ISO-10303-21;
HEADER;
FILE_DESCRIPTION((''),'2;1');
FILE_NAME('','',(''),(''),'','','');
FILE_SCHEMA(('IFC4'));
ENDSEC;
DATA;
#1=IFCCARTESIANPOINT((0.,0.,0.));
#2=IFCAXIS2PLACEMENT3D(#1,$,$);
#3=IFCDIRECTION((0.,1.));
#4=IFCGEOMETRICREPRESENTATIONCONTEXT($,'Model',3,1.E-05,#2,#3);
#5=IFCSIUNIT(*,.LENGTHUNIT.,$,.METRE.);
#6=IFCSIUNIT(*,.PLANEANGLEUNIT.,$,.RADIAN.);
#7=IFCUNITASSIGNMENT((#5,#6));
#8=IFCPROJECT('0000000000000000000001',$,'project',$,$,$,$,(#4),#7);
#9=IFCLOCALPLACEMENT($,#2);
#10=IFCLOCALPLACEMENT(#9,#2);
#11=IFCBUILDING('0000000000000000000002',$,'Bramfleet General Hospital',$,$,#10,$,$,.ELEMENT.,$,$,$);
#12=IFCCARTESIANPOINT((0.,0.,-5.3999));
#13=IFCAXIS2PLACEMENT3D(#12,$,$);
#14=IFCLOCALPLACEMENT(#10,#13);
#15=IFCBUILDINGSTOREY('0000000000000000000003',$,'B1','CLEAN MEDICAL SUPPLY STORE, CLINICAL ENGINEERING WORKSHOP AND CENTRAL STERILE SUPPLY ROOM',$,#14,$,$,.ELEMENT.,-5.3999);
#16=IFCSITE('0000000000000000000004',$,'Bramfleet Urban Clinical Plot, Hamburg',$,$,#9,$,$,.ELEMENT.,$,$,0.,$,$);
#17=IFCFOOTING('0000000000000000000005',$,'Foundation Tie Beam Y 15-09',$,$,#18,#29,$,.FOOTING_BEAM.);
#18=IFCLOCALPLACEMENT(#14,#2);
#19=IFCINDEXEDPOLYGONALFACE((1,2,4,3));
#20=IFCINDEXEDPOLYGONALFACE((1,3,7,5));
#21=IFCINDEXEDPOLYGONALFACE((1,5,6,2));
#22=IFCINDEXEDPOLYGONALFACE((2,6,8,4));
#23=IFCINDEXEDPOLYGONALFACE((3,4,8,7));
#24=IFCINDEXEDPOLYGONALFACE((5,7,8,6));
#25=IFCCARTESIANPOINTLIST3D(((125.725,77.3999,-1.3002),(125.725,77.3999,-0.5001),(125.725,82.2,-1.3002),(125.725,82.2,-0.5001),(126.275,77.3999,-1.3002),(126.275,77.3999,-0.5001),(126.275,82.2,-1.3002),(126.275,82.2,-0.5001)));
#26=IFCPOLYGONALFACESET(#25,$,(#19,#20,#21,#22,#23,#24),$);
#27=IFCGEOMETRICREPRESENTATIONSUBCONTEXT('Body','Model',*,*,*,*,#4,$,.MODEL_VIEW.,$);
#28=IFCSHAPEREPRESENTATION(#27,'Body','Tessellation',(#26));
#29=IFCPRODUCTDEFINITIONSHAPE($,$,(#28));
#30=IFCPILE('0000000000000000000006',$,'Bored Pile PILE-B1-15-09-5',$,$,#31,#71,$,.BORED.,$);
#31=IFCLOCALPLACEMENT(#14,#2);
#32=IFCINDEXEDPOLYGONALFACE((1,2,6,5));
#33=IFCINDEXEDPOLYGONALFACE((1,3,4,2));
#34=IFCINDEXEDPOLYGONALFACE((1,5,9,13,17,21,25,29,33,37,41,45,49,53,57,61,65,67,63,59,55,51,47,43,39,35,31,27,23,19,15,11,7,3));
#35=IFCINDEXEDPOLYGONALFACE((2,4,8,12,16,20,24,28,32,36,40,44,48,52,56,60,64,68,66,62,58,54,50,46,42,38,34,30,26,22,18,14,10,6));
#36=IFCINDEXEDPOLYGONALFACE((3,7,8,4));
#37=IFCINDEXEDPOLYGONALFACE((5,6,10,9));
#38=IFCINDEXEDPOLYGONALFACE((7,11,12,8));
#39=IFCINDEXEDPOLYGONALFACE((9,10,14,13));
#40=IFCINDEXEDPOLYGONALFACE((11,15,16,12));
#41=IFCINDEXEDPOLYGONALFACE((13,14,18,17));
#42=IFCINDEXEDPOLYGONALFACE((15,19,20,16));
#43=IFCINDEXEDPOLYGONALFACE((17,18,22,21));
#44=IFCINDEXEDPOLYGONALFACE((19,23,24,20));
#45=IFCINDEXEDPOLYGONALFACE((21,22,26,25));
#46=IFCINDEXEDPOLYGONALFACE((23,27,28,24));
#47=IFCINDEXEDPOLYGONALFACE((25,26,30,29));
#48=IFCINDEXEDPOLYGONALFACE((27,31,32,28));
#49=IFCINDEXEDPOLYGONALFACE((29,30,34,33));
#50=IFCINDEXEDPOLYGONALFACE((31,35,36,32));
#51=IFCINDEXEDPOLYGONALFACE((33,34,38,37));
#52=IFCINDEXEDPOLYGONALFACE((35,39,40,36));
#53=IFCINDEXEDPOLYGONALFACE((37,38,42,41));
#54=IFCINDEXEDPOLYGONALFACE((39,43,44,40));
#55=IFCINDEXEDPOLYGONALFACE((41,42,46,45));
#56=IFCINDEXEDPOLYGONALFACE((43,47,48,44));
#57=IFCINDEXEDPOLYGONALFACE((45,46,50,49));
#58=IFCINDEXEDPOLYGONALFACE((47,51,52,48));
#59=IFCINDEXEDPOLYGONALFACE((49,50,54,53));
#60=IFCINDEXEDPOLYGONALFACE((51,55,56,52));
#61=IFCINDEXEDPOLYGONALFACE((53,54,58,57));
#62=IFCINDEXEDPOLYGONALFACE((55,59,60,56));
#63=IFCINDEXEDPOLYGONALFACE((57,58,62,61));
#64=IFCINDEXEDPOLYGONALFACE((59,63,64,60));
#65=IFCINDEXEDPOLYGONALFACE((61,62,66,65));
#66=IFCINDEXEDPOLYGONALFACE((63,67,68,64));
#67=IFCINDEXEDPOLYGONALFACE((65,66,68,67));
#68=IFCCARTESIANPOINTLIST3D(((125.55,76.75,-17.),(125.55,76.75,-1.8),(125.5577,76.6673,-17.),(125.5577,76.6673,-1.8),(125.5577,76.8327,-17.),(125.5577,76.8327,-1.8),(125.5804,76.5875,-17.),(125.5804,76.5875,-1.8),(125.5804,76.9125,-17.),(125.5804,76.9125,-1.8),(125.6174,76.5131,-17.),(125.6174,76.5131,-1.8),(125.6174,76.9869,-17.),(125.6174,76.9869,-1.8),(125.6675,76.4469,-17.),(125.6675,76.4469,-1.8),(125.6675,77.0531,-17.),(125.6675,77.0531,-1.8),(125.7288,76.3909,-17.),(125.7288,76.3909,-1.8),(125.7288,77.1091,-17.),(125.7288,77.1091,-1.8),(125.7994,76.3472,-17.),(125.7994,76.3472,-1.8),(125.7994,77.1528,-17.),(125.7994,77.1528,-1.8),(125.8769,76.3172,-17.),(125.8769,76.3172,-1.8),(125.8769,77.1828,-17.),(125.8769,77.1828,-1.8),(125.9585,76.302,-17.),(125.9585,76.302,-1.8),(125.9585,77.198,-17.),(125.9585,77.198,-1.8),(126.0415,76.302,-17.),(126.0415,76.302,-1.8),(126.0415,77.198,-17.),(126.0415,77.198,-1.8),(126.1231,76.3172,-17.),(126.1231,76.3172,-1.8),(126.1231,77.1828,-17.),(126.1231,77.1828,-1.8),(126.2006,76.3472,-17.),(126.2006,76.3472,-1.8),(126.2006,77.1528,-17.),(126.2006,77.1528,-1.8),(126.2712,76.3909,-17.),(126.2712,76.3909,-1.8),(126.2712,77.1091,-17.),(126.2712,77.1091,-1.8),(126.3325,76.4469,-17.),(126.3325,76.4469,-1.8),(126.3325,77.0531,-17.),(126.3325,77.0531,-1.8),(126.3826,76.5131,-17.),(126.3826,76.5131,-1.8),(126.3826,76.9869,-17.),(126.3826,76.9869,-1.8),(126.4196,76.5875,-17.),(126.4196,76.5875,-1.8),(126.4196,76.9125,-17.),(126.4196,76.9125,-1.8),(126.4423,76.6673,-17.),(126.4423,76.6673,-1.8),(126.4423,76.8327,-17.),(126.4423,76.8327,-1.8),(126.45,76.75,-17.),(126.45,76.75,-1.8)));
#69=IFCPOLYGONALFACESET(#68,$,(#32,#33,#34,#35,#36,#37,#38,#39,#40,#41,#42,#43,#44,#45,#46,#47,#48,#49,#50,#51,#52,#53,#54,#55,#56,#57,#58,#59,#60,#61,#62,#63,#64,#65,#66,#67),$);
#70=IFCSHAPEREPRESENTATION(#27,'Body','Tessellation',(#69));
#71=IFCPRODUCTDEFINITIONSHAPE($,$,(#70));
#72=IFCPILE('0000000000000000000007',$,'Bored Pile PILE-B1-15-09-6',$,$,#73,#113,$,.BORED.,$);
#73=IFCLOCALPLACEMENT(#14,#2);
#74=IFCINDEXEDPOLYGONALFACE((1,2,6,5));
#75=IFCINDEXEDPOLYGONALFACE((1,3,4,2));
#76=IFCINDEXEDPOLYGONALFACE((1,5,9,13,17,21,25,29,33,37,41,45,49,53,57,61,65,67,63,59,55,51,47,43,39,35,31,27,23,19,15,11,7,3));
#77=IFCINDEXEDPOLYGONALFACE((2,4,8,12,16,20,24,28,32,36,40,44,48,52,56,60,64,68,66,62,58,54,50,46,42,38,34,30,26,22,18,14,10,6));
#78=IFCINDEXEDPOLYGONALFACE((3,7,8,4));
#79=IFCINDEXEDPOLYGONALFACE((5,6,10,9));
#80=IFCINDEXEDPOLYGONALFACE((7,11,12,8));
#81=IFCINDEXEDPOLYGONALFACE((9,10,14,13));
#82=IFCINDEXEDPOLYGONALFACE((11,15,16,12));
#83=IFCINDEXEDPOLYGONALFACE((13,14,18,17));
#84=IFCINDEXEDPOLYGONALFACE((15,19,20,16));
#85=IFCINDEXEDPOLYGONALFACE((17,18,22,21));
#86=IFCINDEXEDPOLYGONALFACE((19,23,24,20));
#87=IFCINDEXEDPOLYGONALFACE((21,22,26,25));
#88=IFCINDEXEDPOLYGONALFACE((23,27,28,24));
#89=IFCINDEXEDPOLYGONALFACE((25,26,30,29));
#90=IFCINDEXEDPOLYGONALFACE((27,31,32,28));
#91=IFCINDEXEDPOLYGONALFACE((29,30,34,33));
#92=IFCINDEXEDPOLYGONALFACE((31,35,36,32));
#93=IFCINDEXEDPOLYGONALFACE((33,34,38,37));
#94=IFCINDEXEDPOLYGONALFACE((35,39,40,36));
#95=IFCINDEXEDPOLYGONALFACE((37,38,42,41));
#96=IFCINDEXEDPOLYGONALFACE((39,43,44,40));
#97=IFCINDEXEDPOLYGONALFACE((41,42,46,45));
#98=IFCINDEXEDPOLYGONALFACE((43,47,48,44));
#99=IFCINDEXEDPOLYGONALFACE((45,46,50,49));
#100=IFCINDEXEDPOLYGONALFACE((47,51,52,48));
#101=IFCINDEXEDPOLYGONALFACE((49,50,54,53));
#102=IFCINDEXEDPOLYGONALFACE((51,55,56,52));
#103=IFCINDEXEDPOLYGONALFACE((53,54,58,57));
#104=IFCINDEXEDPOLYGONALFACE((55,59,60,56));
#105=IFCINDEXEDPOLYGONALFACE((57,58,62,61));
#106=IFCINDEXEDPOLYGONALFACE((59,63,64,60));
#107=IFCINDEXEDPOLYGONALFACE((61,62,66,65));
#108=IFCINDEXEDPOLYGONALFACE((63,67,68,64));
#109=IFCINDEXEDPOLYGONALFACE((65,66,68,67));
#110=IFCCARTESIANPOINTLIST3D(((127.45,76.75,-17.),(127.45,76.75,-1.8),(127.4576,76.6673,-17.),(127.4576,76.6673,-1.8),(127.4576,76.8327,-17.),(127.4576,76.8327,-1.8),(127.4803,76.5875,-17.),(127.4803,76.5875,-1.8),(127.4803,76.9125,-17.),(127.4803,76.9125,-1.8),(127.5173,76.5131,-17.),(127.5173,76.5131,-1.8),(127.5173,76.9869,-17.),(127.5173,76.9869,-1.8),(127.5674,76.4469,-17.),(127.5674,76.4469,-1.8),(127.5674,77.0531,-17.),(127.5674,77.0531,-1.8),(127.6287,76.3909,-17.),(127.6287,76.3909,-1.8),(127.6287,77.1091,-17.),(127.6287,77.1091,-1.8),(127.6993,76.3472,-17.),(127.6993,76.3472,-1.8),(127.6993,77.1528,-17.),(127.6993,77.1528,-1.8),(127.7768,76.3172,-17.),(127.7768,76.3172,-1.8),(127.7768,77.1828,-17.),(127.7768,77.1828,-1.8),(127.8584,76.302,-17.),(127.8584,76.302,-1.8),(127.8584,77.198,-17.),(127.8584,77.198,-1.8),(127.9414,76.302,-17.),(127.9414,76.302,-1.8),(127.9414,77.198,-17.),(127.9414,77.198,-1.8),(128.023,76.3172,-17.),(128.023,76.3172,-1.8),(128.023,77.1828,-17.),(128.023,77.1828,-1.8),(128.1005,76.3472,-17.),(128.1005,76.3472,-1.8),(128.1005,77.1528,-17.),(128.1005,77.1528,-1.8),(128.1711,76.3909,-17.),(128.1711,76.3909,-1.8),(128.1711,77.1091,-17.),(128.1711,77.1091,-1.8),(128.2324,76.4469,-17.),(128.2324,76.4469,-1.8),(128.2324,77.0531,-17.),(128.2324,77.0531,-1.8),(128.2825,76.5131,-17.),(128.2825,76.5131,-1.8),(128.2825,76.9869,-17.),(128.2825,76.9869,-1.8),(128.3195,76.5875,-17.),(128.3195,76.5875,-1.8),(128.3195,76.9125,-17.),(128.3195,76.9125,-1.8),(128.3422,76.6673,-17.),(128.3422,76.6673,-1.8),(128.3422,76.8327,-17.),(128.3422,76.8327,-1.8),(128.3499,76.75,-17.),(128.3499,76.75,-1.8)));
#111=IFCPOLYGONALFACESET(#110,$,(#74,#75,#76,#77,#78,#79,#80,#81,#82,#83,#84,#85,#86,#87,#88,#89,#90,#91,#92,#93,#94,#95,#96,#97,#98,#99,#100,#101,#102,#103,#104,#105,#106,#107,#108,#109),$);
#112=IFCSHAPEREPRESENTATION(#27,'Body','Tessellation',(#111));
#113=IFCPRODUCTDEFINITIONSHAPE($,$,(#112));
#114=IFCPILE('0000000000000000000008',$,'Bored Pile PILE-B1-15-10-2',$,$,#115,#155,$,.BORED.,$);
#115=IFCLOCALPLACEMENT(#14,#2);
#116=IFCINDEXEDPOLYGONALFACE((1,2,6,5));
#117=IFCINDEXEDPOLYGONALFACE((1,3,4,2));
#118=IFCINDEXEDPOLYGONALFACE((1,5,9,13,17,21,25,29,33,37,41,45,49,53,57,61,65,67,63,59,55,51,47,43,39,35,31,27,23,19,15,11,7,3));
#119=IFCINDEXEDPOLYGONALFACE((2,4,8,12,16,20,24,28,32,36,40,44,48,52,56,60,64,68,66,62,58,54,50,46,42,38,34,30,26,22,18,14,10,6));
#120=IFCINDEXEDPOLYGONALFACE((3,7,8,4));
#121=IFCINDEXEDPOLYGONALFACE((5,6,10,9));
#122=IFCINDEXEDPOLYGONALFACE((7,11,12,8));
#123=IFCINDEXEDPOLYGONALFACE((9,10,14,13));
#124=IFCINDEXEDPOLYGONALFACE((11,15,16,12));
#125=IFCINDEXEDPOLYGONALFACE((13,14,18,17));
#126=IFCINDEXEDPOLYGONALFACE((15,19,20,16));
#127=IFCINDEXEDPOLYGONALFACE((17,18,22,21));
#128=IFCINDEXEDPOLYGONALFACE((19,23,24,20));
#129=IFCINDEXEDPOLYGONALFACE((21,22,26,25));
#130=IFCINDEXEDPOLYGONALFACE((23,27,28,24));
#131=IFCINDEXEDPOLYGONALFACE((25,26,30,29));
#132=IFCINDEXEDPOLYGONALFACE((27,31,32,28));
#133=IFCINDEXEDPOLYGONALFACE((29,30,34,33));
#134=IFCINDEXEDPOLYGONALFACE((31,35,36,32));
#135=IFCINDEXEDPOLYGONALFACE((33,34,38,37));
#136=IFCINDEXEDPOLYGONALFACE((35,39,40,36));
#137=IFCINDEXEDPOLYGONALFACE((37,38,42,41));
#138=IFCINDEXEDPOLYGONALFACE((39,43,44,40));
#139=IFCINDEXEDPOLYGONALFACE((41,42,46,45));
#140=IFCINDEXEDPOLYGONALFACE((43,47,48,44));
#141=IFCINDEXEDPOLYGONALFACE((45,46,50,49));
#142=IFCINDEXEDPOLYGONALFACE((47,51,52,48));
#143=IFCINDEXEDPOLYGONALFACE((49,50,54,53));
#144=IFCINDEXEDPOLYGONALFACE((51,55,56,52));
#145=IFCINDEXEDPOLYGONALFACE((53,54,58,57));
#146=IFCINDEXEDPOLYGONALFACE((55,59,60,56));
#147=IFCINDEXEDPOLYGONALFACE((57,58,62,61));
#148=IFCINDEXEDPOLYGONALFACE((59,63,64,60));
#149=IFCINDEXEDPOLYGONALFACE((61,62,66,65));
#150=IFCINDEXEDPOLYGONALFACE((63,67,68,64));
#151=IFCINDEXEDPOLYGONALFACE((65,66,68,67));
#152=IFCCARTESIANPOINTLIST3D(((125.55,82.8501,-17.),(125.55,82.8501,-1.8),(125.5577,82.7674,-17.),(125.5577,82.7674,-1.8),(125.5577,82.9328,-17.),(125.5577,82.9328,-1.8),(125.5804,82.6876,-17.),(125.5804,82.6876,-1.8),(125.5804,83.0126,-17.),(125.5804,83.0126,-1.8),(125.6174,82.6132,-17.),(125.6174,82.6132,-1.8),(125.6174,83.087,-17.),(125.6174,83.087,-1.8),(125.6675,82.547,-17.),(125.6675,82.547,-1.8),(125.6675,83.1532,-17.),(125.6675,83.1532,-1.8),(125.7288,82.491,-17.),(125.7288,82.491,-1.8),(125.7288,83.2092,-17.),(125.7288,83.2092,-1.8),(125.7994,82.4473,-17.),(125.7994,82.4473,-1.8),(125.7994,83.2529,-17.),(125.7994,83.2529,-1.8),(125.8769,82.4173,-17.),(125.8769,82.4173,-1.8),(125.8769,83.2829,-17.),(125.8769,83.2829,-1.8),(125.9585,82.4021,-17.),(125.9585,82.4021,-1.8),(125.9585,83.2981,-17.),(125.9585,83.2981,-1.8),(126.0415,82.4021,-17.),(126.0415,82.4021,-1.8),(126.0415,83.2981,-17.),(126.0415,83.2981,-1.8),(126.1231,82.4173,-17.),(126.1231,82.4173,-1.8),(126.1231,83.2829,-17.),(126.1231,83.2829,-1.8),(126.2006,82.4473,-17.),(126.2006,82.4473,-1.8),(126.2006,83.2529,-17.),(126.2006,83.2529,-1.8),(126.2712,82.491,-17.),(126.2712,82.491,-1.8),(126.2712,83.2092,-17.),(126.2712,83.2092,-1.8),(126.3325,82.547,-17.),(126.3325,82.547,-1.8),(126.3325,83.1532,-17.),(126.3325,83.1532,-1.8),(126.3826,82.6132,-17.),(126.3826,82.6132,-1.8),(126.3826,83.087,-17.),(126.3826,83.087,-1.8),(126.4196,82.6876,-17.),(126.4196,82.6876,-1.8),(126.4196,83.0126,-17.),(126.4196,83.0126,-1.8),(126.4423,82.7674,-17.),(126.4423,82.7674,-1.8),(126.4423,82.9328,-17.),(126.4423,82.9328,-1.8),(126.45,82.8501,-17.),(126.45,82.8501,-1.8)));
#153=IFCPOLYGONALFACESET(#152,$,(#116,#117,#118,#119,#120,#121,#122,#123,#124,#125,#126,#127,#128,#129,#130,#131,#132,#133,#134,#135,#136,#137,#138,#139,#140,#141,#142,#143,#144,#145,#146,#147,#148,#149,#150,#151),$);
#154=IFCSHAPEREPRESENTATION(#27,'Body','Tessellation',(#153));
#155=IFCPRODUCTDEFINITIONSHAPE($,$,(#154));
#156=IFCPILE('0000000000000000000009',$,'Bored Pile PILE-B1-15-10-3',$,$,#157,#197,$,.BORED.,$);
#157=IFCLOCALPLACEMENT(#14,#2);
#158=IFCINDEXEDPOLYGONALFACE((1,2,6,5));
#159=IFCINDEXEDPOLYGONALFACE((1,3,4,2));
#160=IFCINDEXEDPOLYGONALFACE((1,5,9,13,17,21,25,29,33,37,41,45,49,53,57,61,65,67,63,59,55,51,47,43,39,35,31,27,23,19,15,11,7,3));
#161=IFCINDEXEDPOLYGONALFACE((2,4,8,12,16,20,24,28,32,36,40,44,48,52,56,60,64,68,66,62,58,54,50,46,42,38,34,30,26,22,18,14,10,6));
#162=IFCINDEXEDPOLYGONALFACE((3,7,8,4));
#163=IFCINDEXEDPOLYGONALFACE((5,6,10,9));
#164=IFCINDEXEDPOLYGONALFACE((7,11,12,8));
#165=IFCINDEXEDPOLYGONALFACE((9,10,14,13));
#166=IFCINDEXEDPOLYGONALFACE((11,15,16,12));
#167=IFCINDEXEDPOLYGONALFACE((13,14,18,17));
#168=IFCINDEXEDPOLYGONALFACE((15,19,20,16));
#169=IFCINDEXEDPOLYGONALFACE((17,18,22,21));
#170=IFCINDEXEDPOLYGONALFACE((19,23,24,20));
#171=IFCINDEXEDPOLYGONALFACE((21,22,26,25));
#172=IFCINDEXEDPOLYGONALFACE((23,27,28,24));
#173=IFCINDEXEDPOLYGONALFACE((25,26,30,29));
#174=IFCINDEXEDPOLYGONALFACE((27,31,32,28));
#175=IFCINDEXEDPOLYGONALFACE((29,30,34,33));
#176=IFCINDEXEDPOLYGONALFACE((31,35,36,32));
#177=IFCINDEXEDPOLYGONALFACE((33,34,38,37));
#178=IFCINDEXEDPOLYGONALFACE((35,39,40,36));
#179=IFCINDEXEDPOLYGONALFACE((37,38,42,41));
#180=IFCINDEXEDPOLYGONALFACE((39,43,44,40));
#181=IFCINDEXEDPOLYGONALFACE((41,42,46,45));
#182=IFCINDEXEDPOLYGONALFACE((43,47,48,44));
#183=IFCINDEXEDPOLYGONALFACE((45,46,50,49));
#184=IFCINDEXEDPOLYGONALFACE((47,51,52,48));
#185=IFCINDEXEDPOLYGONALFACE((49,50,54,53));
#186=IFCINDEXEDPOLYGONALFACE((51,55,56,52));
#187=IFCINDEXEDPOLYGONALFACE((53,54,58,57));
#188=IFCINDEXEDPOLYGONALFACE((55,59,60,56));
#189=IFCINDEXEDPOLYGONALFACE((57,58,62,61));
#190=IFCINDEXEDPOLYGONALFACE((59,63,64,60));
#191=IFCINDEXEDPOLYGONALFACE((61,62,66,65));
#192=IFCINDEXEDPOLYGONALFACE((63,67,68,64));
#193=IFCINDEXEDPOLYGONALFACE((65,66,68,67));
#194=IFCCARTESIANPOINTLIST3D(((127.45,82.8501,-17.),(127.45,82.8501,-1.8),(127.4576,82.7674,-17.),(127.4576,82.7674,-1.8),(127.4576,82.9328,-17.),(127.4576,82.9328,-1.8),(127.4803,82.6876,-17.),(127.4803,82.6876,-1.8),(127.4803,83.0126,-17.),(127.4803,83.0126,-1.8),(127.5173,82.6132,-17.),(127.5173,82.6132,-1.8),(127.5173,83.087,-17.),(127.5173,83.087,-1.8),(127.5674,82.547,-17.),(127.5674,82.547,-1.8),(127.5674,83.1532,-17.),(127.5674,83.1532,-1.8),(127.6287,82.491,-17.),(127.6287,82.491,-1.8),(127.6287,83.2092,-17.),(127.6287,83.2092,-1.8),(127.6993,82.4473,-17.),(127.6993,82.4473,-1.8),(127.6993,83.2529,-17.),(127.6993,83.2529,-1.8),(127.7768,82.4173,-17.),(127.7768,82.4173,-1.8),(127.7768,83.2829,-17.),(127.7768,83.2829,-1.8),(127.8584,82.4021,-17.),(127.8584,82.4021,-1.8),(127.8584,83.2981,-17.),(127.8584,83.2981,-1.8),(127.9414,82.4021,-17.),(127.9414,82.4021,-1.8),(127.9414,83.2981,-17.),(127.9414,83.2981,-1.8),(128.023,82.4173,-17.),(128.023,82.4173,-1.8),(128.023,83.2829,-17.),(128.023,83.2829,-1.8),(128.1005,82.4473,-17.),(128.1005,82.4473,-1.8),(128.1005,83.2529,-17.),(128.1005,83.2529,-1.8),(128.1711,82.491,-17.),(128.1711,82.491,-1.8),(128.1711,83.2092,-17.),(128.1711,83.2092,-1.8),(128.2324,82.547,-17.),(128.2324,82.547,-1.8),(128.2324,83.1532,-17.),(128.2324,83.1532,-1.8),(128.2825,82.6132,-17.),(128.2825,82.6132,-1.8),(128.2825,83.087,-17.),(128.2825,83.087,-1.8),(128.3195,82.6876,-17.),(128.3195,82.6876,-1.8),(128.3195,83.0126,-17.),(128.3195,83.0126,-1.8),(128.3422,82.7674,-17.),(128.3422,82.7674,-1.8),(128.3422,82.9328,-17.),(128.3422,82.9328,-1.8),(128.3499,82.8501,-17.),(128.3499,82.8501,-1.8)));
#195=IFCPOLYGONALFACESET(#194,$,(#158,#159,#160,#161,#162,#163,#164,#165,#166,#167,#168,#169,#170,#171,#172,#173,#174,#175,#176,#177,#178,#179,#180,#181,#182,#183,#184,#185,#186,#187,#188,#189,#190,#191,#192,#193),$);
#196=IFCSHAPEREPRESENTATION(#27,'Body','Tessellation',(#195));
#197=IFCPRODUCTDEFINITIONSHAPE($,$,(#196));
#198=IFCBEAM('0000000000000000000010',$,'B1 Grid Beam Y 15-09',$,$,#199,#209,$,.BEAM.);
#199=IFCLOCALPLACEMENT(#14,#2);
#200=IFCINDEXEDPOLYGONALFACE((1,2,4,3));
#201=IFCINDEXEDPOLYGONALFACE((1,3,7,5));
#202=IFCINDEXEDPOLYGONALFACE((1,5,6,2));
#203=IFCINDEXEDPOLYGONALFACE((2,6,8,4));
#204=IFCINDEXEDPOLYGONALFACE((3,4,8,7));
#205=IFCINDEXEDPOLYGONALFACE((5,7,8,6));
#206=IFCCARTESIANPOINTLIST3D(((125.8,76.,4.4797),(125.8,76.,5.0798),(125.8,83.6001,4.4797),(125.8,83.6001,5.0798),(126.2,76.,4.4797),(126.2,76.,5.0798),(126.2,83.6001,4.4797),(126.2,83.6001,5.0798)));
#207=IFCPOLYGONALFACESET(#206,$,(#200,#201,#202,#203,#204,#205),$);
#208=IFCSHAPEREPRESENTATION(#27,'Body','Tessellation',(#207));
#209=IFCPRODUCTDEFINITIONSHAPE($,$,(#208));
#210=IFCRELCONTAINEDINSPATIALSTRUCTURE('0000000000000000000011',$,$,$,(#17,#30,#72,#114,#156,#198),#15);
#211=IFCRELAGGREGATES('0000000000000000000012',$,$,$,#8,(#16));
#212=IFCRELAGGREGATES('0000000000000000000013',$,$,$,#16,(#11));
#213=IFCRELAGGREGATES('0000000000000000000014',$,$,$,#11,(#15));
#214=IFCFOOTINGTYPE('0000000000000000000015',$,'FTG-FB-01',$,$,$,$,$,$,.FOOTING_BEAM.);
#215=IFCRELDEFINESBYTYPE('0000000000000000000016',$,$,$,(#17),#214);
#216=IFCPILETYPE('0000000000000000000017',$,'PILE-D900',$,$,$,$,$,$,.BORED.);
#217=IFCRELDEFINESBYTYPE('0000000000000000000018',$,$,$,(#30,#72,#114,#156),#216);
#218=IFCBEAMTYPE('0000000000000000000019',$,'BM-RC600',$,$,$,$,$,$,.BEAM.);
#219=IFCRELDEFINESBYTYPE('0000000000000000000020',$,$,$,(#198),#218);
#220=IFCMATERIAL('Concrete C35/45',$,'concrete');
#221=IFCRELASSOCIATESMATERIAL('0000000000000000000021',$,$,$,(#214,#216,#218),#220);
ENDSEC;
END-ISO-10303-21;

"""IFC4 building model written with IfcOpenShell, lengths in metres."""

from ifc_helpers import new_model, si_unit, direction, frame, origin, origin_2d, place, context, subcontext, project, spatial, rectangle, circle, extrude, material, material_profile, profile_set, type_object, element, save


model = new_model("IFC4")

# Units and contexts
model_context = context("Model", 3, precision=1e-05, world=origin(), true_north=direction((0.0, 1.0)))
body_context = subcontext(model_context, "Body", "Model", "MODEL_VIEW")
ifc_project = project(units=[si_unit("LENGTHUNIT", "METRE"), si_unit("PLANEANGLEUNIT", "RADIAN")], contexts=[model_context])

# Site, building, storey
site_placement = place(None, origin())
site = spatial("IfcSite", under=ifc_project, at=site_placement, Name="Bramfleet Urban Clinical Plot, Hamburg", CompositionType="ELEMENT", RefElevation=0.0)
building_placement = place(site_placement, origin())
building = spatial("IfcBuilding", under=site, at=building_placement, Name="Bramfleet General Hospital", CompositionType="ELEMENT")
storey_placement = place(building_placement, frame((0.0, 0.0, -5.3999)))
storey = spatial("IfcBuildingStorey", under=building, at=storey_placement, Name="B1", Description="CLEAN MEDICAL SUPPLY STORE, CLINICAL ENGINEERING WORKSHOP AND CENTRAL STERILE SUPPLY ROOM", CompositionType="ELEMENT", Elevation=-5.3999)

# Footing
ifc_material_1 = material(Name="Concrete C35/45", Category="concrete")
ifc_material_profile_1 = material_profile(ifc_material_1, rectangle(XDim=0.55, YDim=0.8, at=origin_2d()), Name="RC FB 800x550")
ifc_profile_set_1 = profile_set([ifc_material_profile_1], Name="Concrete C35/45")
footing_type = type_object("IfcFootingType", Name="FTG-FB-01", PredefinedType="FOOTING_BEAM", material=ifc_profile_set_1)
footing_placement = place(storey_placement, frame((126.0, 77.3999, -0.9001), z_axis=(0.0, 1.0, 0.0), x_axis=(-1.0, 0.0, 0.0)))
element("IfcFooting", 1, at=footing_placement, inside=storey, type_object=footing_type, Name="Foundation Tie Beam Y 15-09", PredefinedType="FOOTING_BEAM", context=body_context, shape_type="SweptSolid", body=[
    extrude(rectangle(XDim=0.55, YDim=0.8, at=origin_2d()), origin(), (0.0, 0.0, 1.0), 4.8),
])

# Piles
ifc_material_profile_2 = material_profile(ifc_material_1, circle(Radius=0.45, at=origin_2d()), Name="PILE BORED D900")
ifc_profile_set_2 = profile_set([ifc_material_profile_2], Name="Concrete C35/45")
pile_type = type_object("IfcPileType", Name="PILE-D900", PredefinedType="BORED", material=ifc_profile_set_2)
for number, where, z_axis, x_axis, name in (
    (2, (126.0, 76.75, -1.8), (0.0, 0.0, -1.0), (1.0, 0.0, 0.0), "Bored Pile PILE-B1-15-09-5"),
    (3, (127.8999, 76.75, -1.8), (0.0, 0.0, -1.0), (1.0, 0.0, 0.0), "Bored Pile PILE-B1-15-09-6"),
    (4, (126.0, 82.8501, -1.8), (0.0, 0.0, -1.0), (1.0, 0.0, 0.0), "Bored Pile PILE-B1-15-10-2"),
    (5, (127.8999, 82.8501, -1.8), (0.0, 0.0, -1.0), (1.0, 0.0, 0.0), "Bored Pile PILE-B1-15-10-3"),
):
    element("IfcPile", number, at=place(storey_placement, frame(where, z_axis=z_axis, x_axis=x_axis)), inside=storey, type_object=pile_type, Name=name, PredefinedType="BORED", context=body_context, shape_type="SweptSolid", body=[
        extrude(circle(Radius=0.45, at=origin_2d()), origin(), (0.0, 0.0, 1.0), 15.2),
    ])

# Beam
ifc_material_profile_3 = material_profile(ifc_material_1, rectangle(XDim=0.3999, YDim=0.6001, at=origin_2d()), Name="RC BM 600x400")
ifc_profile_set_3 = profile_set([ifc_material_profile_3], Name="Concrete C35/45")
beam_type = type_object("IfcBeamType", Name="BM-RC600", PredefinedType="BEAM", material=ifc_profile_set_3)
beam_placement = place(storey_placement, frame((126.0, 76.0, 4.7798), z_axis=(0.0, 1.0, 0.0), x_axis=(-1.0, 0.0, 0.0)))
element("IfcBeam", 6, at=beam_placement, inside=storey, type_object=beam_type, Name="B1 Grid Beam Y 15-09", PredefinedType="BEAM", context=body_context, shape_type="SweptSolid", body=[
    extrude(rectangle(XDim=0.3999, YDim=0.6001, at=origin_2d()), origin(), (0.0, 0.0, 1.0), 7.6001),
])

save(model, "model.ifc")
